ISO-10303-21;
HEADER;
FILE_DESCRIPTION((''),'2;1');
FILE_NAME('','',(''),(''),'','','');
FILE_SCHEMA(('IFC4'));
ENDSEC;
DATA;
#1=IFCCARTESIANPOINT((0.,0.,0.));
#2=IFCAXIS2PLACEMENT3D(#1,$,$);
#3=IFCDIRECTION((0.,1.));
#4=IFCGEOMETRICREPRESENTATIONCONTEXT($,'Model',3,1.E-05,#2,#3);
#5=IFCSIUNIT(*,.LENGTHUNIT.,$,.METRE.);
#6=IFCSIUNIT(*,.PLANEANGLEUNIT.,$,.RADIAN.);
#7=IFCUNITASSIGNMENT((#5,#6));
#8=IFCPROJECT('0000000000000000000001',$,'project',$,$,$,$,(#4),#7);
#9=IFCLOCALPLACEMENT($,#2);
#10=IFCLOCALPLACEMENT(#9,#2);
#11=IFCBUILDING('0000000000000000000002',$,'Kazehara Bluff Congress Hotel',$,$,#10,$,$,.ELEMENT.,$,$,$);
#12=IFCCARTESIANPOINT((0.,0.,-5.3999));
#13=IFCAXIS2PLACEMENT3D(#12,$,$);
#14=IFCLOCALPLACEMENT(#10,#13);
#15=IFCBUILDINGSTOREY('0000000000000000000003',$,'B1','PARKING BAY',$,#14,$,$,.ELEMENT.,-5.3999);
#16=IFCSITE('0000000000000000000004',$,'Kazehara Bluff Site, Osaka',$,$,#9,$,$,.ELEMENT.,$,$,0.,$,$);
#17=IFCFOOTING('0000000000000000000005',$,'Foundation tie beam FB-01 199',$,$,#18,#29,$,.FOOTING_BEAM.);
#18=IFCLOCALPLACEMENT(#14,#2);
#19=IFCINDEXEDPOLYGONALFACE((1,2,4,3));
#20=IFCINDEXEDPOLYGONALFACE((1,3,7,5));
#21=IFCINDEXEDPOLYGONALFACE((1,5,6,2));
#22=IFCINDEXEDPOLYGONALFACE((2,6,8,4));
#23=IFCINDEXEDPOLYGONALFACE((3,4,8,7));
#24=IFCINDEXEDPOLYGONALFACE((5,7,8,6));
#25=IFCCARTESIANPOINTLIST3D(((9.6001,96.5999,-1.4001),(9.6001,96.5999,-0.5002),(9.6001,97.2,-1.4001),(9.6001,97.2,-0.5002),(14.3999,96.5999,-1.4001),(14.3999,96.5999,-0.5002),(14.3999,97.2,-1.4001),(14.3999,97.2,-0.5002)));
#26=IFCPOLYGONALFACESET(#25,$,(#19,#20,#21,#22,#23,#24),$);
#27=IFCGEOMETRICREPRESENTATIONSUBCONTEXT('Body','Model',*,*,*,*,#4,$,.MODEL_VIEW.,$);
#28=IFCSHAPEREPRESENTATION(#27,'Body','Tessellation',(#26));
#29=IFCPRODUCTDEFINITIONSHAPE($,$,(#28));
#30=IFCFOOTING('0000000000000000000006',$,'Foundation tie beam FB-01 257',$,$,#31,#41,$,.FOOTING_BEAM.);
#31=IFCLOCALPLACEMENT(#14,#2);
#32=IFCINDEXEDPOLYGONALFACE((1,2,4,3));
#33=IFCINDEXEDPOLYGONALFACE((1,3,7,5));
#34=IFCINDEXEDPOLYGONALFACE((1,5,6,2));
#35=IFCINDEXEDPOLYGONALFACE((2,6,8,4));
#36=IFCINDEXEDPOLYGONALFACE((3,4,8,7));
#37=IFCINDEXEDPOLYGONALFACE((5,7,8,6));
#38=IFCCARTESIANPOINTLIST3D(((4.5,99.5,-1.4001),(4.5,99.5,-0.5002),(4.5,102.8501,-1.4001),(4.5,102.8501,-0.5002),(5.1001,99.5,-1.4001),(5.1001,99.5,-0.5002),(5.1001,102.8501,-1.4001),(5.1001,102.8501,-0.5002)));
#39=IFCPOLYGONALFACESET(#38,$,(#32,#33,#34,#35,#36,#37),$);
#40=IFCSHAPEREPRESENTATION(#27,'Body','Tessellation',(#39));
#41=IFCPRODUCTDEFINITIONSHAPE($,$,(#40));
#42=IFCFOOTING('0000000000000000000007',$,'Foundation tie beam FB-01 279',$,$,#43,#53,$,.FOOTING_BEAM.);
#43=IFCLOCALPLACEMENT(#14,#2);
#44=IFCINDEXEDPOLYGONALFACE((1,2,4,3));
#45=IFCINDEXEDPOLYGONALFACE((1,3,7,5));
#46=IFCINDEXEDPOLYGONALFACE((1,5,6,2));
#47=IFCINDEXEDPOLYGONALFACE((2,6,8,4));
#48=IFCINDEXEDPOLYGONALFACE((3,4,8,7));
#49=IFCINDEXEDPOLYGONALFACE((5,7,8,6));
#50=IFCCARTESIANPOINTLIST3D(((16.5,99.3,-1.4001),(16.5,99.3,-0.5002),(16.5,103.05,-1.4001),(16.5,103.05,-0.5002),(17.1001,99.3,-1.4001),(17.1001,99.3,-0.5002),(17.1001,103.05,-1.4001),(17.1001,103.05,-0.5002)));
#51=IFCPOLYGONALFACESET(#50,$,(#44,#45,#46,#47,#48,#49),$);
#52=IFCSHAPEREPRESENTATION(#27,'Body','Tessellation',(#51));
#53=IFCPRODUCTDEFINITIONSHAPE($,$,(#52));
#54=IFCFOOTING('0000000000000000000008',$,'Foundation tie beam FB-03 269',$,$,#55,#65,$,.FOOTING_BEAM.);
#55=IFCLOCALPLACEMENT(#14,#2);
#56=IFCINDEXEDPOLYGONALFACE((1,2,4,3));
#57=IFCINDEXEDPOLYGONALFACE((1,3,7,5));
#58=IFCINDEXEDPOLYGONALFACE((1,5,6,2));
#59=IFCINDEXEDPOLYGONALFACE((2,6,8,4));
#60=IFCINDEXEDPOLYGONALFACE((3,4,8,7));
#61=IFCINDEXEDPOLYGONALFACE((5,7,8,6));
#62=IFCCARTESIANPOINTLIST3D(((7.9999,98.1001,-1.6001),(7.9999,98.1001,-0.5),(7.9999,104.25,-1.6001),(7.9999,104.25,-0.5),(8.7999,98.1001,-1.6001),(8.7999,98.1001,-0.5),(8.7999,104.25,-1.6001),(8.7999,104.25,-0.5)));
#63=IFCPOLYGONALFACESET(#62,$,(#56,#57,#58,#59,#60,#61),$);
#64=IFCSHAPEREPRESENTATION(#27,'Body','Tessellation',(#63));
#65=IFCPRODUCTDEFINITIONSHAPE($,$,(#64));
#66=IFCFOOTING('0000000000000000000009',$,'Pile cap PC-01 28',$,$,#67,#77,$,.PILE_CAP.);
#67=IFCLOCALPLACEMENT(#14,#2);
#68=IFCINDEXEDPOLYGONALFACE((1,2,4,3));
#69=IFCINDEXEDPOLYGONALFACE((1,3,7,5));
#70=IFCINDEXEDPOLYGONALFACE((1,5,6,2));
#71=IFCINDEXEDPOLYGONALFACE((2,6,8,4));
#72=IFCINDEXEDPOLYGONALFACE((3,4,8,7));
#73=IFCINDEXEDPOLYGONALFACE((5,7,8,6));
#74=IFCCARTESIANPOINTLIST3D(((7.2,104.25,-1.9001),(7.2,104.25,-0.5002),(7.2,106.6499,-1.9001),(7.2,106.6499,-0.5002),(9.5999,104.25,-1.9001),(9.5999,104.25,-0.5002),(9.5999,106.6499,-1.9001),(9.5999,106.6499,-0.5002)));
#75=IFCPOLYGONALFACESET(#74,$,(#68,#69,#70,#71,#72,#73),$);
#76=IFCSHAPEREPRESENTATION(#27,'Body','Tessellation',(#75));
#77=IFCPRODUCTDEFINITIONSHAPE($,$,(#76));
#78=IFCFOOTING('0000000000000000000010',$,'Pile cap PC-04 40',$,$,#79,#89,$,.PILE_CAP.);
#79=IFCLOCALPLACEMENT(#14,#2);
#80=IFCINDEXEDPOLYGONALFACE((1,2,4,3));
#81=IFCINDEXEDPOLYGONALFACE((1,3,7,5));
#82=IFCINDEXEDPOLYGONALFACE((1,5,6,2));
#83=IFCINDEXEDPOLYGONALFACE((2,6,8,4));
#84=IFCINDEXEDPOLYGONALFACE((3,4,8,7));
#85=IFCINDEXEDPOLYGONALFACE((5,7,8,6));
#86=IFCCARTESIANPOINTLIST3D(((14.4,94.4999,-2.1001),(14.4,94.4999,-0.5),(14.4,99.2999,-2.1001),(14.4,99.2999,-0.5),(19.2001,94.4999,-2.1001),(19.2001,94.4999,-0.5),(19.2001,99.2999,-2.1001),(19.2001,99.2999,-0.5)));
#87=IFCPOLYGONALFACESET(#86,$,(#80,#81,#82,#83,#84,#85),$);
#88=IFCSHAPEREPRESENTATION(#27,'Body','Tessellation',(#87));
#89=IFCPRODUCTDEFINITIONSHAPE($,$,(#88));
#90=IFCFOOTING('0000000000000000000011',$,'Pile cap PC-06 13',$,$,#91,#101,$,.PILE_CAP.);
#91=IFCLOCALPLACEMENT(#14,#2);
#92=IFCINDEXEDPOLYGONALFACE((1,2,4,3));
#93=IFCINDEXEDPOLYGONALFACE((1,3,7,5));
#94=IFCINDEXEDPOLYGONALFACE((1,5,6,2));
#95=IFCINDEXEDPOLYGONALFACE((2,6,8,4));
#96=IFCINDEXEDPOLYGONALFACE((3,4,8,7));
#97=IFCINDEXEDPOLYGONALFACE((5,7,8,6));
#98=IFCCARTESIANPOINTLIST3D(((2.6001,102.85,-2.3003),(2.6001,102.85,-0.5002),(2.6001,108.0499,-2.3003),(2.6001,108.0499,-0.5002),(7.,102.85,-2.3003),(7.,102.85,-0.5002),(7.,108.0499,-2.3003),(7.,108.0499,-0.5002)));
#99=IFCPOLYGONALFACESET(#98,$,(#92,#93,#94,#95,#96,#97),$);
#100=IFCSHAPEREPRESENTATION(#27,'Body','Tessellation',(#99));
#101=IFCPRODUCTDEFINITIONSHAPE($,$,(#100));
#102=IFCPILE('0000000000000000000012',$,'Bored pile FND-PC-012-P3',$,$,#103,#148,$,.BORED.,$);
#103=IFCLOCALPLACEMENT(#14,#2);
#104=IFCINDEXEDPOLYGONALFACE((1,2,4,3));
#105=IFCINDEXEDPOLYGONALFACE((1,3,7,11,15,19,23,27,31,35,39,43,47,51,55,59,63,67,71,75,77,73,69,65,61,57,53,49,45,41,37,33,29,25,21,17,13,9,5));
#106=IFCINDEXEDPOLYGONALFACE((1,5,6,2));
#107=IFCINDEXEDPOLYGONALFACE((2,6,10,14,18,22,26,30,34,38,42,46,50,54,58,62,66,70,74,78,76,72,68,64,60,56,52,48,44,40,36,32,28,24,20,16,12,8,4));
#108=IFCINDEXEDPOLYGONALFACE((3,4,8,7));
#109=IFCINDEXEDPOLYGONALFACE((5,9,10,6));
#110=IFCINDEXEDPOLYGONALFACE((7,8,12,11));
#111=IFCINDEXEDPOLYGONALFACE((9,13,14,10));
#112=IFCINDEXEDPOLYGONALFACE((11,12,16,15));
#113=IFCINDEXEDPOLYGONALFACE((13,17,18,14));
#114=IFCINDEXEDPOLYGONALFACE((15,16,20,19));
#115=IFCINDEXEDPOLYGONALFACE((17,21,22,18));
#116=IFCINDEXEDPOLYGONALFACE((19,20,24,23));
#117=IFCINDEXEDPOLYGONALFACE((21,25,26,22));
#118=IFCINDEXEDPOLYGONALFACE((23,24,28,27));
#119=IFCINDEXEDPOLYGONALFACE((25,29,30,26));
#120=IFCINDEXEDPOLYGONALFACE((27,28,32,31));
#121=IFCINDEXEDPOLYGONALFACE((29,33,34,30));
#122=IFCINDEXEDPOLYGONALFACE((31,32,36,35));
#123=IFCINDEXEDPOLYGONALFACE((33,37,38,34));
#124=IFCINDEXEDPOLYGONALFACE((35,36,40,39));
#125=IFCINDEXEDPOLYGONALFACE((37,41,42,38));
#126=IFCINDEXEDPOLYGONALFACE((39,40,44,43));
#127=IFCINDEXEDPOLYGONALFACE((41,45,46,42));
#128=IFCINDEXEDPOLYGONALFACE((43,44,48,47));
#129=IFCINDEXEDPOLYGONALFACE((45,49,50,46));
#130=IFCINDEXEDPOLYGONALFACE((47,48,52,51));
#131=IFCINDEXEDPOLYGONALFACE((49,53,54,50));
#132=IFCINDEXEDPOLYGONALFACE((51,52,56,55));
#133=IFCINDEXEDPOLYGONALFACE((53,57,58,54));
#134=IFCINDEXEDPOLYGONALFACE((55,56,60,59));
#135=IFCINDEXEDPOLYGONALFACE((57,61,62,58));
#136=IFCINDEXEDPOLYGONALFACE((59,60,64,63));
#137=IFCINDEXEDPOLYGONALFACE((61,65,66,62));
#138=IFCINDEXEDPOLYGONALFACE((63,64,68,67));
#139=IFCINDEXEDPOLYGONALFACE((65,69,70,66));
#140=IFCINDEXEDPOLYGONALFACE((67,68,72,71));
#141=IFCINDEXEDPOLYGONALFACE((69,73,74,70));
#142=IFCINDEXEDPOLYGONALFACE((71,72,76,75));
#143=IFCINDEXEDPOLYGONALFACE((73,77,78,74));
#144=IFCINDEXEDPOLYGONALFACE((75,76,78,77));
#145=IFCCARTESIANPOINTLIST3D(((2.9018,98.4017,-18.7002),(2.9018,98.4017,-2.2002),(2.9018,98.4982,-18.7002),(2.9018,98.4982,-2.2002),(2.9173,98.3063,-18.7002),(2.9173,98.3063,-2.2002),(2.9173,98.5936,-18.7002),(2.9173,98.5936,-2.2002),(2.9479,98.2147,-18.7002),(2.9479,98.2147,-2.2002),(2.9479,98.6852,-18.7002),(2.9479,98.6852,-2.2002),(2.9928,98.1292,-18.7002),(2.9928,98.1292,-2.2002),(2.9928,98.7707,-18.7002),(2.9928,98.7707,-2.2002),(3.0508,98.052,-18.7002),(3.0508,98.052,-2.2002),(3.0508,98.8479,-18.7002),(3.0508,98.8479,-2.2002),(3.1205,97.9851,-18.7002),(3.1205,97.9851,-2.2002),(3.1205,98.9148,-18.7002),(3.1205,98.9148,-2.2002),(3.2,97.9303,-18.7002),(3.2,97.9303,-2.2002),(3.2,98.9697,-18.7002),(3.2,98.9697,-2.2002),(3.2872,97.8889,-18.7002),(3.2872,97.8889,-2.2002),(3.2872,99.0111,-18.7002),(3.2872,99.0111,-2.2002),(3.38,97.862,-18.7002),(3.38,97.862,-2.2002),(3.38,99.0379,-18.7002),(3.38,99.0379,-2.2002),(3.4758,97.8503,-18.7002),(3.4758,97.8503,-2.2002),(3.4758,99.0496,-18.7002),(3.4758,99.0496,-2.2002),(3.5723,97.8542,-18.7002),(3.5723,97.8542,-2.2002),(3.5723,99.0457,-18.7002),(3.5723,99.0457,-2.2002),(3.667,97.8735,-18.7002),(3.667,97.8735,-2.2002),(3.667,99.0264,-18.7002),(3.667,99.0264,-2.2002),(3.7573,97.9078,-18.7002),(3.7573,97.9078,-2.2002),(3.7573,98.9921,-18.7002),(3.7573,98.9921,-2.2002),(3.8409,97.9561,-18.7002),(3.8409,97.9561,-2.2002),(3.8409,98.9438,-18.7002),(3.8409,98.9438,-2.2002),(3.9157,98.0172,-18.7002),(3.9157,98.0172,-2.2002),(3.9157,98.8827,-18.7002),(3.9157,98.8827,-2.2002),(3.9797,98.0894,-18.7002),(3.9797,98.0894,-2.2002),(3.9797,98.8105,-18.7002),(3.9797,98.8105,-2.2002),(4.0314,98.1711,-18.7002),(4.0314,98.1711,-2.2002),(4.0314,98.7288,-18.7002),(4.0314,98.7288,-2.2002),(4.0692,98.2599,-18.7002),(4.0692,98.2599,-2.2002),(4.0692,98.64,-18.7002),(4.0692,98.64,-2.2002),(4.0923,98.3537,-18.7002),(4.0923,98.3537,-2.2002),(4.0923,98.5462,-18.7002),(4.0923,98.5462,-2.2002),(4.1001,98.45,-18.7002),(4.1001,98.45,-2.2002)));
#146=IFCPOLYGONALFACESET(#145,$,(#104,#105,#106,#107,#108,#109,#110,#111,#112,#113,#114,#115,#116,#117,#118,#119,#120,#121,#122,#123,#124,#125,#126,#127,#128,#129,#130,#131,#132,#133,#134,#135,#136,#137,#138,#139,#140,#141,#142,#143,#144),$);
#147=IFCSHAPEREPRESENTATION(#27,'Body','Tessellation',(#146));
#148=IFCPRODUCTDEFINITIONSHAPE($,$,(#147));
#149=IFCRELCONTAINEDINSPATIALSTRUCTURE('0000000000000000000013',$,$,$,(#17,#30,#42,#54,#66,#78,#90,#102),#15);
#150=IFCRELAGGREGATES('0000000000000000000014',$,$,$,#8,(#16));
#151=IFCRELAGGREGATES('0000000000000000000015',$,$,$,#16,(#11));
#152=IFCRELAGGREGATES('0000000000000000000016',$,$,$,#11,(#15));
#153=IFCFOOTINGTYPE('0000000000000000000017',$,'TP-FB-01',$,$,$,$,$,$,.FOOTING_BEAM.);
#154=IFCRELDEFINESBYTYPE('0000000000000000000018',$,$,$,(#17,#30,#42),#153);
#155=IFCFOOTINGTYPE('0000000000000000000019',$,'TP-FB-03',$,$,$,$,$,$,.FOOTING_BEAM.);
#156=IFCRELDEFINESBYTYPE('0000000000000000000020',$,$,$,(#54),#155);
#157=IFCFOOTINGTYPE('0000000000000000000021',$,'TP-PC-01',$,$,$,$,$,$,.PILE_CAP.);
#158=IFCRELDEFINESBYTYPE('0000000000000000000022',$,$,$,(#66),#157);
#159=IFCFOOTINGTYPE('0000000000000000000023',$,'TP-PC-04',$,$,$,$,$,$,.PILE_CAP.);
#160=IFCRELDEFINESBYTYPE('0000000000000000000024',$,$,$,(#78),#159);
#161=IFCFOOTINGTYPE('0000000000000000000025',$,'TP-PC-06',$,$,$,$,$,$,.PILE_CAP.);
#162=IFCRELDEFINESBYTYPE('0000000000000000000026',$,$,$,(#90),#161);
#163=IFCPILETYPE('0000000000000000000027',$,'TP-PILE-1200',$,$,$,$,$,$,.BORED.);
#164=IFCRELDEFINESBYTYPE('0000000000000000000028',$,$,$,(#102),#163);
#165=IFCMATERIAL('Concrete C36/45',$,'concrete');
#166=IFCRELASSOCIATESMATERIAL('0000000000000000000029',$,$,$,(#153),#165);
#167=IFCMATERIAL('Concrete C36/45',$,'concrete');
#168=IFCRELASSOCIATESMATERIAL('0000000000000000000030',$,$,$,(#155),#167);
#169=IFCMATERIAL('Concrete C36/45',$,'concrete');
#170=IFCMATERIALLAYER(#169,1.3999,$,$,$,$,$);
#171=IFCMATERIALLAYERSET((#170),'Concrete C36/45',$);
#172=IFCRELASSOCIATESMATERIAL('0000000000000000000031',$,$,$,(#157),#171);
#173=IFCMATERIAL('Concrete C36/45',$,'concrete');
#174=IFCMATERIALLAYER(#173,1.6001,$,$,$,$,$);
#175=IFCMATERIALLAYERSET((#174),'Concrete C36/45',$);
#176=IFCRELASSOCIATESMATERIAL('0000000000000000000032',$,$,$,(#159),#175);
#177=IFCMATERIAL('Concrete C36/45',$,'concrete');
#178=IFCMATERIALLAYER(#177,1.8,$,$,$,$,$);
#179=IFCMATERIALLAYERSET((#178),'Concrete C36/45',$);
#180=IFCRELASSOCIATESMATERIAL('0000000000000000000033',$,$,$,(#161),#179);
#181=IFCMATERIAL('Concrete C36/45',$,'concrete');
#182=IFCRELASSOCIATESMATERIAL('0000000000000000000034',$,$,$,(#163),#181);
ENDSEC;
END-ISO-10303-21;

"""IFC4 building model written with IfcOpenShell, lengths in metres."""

from ifc_helpers import new_model, si_unit, direction, frame, origin, origin_2d, place, context, subcontext, project, spatial, rectangle, circle, extrude, material, layer, layer_set, material_profile, profile_set, type_object, element, save


model = new_model("IFC4")

# Units and contexts
model_context = context("Model", 3, precision=1e-05, world=origin(), true_north=direction((0.0, 1.0)))
body_context = subcontext(model_context, "Body", "Model", "MODEL_VIEW")
ifc_project = project(units=[si_unit("LENGTHUNIT", "METRE"), si_unit("PLANEANGLEUNIT", "RADIAN")], contexts=[model_context])

# Site, building, storey
site_placement = place(None, origin())
site = spatial("IfcSite", under=ifc_project, at=site_placement, Name="Kazehara Bluff Site, Osaka", CompositionType="ELEMENT", RefElevation=0.0)
building_placement = place(site_placement, origin())
building = spatial("IfcBuilding", under=site, at=building_placement, Name="Kazehara Bluff Congress Hotel", CompositionType="ELEMENT")
storey_placement = place(building_placement, frame((0.0, 0.0, -5.3999)))
storey = spatial("IfcBuildingStorey", under=building, at=storey_placement, Name="B1", Description="PARKING BAY", CompositionType="ELEMENT", Elevation=-5.3999)

# Footings
ifc_material_1 = material(Name="Concrete C36/45", Category="concrete")
ifc_material_profile_1 = material_profile(ifc_material_1, rectangle(XDim=0.6001, YDim=0.8999, at=origin_2d()))
ifc_profile_set_1 = profile_set([ifc_material_profile_1], Name="Concrete C36/45")
footing_type_1 = type_object("IfcFootingType", Name="TP-FB-01", PredefinedType="FOOTING_BEAM", material=ifc_profile_set_1)
footing_1_placement = place(storey_placement, frame((9.6001, 96.8999, -0.9502), z_axis=(1.0, 0.0, 0.0), x_axis=(0.0, 1.0, 0.0)))
element("IfcFooting", 1, at=footing_1_placement, inside=storey, type_object=footing_type_1, Name="Foundation tie beam FB-01 199", PredefinedType="FOOTING_BEAM", context=body_context, shape_type="SweptSolid", body=[
    extrude(rectangle(XDim=0.6001, YDim=0.8999, at=origin_2d()), origin(), (0.0, 0.0, 1.0), 4.7998),
])
footing_2_placement = place(storey_placement, frame((4.8, 99.5, -0.9502), z_axis=(0.0, 1.0, 0.0), x_axis=(-1.0, 0.0, 0.0)))
element("IfcFooting", 2, at=footing_2_placement, inside=storey, type_object=footing_type_1, Name="Foundation tie beam FB-01 257", PredefinedType="FOOTING_BEAM", context=body_context, shape_type="SweptSolid", body=[
    extrude(rectangle(XDim=0.6001, YDim=0.8999, at=origin_2d()), origin(), (0.0, 0.0, 1.0), 3.3501),
])
footing_3_placement = place(storey_placement, frame((16.8, 99.3, -0.9502), z_axis=(0.0, 1.0, 0.0), x_axis=(-1.0, 0.0, 0.0)))
element("IfcFooting", 3, at=footing_3_placement, inside=storey, type_object=footing_type_1, Name="Foundation tie beam FB-01 279", PredefinedType="FOOTING_BEAM", context=body_context, shape_type="SweptSolid", body=[
    extrude(rectangle(XDim=0.6001, YDim=0.8999, at=origin_2d()), origin(), (0.0, 0.0, 1.0), 3.75),
])
ifc_material_2 = material(Name="Concrete C36/45", Category="concrete")
ifc_material_profile_2 = material_profile(ifc_material_2, rectangle(XDim=0.8, YDim=1.1001, at=origin_2d()))
ifc_profile_set_2 = profile_set([ifc_material_profile_2], Name="Concrete C36/45")
footing_type_2 = type_object("IfcFootingType", Name="TP-FB-03", PredefinedType="FOOTING_BEAM", material=ifc_profile_set_2)
footing_4_placement = place(storey_placement, frame((8.3999, 98.1001, -1.05), z_axis=(0.0, 1.0, 0.0), x_axis=(-1.0, 0.0, 0.0)))
element("IfcFooting", 4, at=footing_4_placement, inside=storey, type_object=footing_type_2, Name="Foundation tie beam FB-03 269", PredefinedType="FOOTING_BEAM", context=body_context, shape_type="SweptSolid", body=[
    extrude(rectangle(XDim=0.8, YDim=1.1001, at=origin_2d()), origin(), (0.0, 0.0, 1.0), 6.1499),
])
ifc_material_3 = material(Name="Concrete C36/45", Category="concrete")
ifc_layer_1 = layer(ifc_material_3, 1.3999)
ifc_layer_set_1 = layer_set([ifc_layer_1], Name="Concrete C36/45")
footing_type_3 = type_object("IfcFootingType", Name="TP-PC-01", PredefinedType="PILE_CAP", material=ifc_layer_set_1)
footing_5_placement = place(storey_placement, frame((8.3999, 105.45, -1.9001), z_axis=(0.0, 0.0, 1.0), x_axis=(1.0, 0.0, 0.0)))
element("IfcFooting", 5, at=footing_5_placement, inside=storey, type_object=footing_type_3, Name="Pile cap PC-01 28", PredefinedType="PILE_CAP", context=body_context, shape_type="SweptSolid", body=[
    extrude(rectangle(XDim=2.3999, YDim=2.3999, at=origin_2d()), origin(), (0.0, 0.0, 1.0), 1.3999),
])
ifc_material_4 = material(Name="Concrete C36/45", Category="concrete")
ifc_layer_2 = layer(ifc_material_4, 1.6001)
ifc_layer_set_2 = layer_set([ifc_layer_2], Name="Concrete C36/45")
footing_type_4 = type_object("IfcFootingType", Name="TP-PC-04", PredefinedType="PILE_CAP", material=ifc_layer_set_2)
footing_6_placement = place(storey_placement, frame((16.8, 96.8999, -2.1001), z_axis=(0.0, 0.0, 1.0), x_axis=(1.0, 0.0, 0.0)))
element("IfcFooting", 6, at=footing_6_placement, inside=storey, type_object=footing_type_4, Name="Pile cap PC-04 40", PredefinedType="PILE_CAP", context=body_context, shape_type="SweptSolid", body=[
    extrude(rectangle(XDim=4.8, YDim=4.8, at=origin_2d()), origin(), (0.0, 0.0, 1.0), 1.6001),
])
ifc_material_5 = material(Name="Concrete C36/45", Category="concrete")
ifc_layer_3 = layer(ifc_material_5, 1.8)
ifc_layer_set_3 = layer_set([ifc_layer_3], Name="Concrete C36/45")
footing_type_5 = type_object("IfcFootingType", Name="TP-PC-06", PredefinedType="PILE_CAP", material=ifc_layer_set_3)
footing_7_placement = place(storey_placement, frame((4.8, 105.45, -2.3003), z_axis=(0.0, 0.0, 1.0), x_axis=(1.0, 0.0, 0.0)))
element("IfcFooting", 7, at=footing_7_placement, inside=storey, type_object=footing_type_5, Name="Pile cap PC-06 13", PredefinedType="PILE_CAP", context=body_context, shape_type="SweptSolid", body=[
    extrude(rectangle(XDim=4.3999, YDim=5.2, at=origin_2d()), origin(), (0.0, 0.0, 1.0), 1.8),
])

# Pile
ifc_material_6 = material(Name="Concrete C36/45", Category="concrete")
ifc_material_profile_3 = material_profile(ifc_material_6, circle(Radius=0.6001, at=origin_2d()))
ifc_profile_set_3 = profile_set([ifc_material_profile_3], Name="Concrete C36/45")
pile_type = type_object("IfcPileType", Name="TP-PILE-1200", PredefinedType="BORED", material=ifc_profile_set_3)
for number, where, z_axis, x_axis, name in (
    (8, (3.5, 98.45, -2.2002), (0.0, 0.0, -1.0), (1.0, 0.0, 0.0), "Bored pile FND-PC-012-P3"),
):
    element("IfcPile", number, at=place(storey_placement, frame(where, z_axis=z_axis, x_axis=x_axis)), inside=storey, type_object=pile_type, Name=name, PredefinedType="BORED", context=body_context, shape_type="SweptSolid", body=[
        extrude(circle(Radius=0.6001, at=origin_2d()), origin(), (0.0, 0.0, 1.0), 16.5),
    ])

save(model, "model.ifc")
